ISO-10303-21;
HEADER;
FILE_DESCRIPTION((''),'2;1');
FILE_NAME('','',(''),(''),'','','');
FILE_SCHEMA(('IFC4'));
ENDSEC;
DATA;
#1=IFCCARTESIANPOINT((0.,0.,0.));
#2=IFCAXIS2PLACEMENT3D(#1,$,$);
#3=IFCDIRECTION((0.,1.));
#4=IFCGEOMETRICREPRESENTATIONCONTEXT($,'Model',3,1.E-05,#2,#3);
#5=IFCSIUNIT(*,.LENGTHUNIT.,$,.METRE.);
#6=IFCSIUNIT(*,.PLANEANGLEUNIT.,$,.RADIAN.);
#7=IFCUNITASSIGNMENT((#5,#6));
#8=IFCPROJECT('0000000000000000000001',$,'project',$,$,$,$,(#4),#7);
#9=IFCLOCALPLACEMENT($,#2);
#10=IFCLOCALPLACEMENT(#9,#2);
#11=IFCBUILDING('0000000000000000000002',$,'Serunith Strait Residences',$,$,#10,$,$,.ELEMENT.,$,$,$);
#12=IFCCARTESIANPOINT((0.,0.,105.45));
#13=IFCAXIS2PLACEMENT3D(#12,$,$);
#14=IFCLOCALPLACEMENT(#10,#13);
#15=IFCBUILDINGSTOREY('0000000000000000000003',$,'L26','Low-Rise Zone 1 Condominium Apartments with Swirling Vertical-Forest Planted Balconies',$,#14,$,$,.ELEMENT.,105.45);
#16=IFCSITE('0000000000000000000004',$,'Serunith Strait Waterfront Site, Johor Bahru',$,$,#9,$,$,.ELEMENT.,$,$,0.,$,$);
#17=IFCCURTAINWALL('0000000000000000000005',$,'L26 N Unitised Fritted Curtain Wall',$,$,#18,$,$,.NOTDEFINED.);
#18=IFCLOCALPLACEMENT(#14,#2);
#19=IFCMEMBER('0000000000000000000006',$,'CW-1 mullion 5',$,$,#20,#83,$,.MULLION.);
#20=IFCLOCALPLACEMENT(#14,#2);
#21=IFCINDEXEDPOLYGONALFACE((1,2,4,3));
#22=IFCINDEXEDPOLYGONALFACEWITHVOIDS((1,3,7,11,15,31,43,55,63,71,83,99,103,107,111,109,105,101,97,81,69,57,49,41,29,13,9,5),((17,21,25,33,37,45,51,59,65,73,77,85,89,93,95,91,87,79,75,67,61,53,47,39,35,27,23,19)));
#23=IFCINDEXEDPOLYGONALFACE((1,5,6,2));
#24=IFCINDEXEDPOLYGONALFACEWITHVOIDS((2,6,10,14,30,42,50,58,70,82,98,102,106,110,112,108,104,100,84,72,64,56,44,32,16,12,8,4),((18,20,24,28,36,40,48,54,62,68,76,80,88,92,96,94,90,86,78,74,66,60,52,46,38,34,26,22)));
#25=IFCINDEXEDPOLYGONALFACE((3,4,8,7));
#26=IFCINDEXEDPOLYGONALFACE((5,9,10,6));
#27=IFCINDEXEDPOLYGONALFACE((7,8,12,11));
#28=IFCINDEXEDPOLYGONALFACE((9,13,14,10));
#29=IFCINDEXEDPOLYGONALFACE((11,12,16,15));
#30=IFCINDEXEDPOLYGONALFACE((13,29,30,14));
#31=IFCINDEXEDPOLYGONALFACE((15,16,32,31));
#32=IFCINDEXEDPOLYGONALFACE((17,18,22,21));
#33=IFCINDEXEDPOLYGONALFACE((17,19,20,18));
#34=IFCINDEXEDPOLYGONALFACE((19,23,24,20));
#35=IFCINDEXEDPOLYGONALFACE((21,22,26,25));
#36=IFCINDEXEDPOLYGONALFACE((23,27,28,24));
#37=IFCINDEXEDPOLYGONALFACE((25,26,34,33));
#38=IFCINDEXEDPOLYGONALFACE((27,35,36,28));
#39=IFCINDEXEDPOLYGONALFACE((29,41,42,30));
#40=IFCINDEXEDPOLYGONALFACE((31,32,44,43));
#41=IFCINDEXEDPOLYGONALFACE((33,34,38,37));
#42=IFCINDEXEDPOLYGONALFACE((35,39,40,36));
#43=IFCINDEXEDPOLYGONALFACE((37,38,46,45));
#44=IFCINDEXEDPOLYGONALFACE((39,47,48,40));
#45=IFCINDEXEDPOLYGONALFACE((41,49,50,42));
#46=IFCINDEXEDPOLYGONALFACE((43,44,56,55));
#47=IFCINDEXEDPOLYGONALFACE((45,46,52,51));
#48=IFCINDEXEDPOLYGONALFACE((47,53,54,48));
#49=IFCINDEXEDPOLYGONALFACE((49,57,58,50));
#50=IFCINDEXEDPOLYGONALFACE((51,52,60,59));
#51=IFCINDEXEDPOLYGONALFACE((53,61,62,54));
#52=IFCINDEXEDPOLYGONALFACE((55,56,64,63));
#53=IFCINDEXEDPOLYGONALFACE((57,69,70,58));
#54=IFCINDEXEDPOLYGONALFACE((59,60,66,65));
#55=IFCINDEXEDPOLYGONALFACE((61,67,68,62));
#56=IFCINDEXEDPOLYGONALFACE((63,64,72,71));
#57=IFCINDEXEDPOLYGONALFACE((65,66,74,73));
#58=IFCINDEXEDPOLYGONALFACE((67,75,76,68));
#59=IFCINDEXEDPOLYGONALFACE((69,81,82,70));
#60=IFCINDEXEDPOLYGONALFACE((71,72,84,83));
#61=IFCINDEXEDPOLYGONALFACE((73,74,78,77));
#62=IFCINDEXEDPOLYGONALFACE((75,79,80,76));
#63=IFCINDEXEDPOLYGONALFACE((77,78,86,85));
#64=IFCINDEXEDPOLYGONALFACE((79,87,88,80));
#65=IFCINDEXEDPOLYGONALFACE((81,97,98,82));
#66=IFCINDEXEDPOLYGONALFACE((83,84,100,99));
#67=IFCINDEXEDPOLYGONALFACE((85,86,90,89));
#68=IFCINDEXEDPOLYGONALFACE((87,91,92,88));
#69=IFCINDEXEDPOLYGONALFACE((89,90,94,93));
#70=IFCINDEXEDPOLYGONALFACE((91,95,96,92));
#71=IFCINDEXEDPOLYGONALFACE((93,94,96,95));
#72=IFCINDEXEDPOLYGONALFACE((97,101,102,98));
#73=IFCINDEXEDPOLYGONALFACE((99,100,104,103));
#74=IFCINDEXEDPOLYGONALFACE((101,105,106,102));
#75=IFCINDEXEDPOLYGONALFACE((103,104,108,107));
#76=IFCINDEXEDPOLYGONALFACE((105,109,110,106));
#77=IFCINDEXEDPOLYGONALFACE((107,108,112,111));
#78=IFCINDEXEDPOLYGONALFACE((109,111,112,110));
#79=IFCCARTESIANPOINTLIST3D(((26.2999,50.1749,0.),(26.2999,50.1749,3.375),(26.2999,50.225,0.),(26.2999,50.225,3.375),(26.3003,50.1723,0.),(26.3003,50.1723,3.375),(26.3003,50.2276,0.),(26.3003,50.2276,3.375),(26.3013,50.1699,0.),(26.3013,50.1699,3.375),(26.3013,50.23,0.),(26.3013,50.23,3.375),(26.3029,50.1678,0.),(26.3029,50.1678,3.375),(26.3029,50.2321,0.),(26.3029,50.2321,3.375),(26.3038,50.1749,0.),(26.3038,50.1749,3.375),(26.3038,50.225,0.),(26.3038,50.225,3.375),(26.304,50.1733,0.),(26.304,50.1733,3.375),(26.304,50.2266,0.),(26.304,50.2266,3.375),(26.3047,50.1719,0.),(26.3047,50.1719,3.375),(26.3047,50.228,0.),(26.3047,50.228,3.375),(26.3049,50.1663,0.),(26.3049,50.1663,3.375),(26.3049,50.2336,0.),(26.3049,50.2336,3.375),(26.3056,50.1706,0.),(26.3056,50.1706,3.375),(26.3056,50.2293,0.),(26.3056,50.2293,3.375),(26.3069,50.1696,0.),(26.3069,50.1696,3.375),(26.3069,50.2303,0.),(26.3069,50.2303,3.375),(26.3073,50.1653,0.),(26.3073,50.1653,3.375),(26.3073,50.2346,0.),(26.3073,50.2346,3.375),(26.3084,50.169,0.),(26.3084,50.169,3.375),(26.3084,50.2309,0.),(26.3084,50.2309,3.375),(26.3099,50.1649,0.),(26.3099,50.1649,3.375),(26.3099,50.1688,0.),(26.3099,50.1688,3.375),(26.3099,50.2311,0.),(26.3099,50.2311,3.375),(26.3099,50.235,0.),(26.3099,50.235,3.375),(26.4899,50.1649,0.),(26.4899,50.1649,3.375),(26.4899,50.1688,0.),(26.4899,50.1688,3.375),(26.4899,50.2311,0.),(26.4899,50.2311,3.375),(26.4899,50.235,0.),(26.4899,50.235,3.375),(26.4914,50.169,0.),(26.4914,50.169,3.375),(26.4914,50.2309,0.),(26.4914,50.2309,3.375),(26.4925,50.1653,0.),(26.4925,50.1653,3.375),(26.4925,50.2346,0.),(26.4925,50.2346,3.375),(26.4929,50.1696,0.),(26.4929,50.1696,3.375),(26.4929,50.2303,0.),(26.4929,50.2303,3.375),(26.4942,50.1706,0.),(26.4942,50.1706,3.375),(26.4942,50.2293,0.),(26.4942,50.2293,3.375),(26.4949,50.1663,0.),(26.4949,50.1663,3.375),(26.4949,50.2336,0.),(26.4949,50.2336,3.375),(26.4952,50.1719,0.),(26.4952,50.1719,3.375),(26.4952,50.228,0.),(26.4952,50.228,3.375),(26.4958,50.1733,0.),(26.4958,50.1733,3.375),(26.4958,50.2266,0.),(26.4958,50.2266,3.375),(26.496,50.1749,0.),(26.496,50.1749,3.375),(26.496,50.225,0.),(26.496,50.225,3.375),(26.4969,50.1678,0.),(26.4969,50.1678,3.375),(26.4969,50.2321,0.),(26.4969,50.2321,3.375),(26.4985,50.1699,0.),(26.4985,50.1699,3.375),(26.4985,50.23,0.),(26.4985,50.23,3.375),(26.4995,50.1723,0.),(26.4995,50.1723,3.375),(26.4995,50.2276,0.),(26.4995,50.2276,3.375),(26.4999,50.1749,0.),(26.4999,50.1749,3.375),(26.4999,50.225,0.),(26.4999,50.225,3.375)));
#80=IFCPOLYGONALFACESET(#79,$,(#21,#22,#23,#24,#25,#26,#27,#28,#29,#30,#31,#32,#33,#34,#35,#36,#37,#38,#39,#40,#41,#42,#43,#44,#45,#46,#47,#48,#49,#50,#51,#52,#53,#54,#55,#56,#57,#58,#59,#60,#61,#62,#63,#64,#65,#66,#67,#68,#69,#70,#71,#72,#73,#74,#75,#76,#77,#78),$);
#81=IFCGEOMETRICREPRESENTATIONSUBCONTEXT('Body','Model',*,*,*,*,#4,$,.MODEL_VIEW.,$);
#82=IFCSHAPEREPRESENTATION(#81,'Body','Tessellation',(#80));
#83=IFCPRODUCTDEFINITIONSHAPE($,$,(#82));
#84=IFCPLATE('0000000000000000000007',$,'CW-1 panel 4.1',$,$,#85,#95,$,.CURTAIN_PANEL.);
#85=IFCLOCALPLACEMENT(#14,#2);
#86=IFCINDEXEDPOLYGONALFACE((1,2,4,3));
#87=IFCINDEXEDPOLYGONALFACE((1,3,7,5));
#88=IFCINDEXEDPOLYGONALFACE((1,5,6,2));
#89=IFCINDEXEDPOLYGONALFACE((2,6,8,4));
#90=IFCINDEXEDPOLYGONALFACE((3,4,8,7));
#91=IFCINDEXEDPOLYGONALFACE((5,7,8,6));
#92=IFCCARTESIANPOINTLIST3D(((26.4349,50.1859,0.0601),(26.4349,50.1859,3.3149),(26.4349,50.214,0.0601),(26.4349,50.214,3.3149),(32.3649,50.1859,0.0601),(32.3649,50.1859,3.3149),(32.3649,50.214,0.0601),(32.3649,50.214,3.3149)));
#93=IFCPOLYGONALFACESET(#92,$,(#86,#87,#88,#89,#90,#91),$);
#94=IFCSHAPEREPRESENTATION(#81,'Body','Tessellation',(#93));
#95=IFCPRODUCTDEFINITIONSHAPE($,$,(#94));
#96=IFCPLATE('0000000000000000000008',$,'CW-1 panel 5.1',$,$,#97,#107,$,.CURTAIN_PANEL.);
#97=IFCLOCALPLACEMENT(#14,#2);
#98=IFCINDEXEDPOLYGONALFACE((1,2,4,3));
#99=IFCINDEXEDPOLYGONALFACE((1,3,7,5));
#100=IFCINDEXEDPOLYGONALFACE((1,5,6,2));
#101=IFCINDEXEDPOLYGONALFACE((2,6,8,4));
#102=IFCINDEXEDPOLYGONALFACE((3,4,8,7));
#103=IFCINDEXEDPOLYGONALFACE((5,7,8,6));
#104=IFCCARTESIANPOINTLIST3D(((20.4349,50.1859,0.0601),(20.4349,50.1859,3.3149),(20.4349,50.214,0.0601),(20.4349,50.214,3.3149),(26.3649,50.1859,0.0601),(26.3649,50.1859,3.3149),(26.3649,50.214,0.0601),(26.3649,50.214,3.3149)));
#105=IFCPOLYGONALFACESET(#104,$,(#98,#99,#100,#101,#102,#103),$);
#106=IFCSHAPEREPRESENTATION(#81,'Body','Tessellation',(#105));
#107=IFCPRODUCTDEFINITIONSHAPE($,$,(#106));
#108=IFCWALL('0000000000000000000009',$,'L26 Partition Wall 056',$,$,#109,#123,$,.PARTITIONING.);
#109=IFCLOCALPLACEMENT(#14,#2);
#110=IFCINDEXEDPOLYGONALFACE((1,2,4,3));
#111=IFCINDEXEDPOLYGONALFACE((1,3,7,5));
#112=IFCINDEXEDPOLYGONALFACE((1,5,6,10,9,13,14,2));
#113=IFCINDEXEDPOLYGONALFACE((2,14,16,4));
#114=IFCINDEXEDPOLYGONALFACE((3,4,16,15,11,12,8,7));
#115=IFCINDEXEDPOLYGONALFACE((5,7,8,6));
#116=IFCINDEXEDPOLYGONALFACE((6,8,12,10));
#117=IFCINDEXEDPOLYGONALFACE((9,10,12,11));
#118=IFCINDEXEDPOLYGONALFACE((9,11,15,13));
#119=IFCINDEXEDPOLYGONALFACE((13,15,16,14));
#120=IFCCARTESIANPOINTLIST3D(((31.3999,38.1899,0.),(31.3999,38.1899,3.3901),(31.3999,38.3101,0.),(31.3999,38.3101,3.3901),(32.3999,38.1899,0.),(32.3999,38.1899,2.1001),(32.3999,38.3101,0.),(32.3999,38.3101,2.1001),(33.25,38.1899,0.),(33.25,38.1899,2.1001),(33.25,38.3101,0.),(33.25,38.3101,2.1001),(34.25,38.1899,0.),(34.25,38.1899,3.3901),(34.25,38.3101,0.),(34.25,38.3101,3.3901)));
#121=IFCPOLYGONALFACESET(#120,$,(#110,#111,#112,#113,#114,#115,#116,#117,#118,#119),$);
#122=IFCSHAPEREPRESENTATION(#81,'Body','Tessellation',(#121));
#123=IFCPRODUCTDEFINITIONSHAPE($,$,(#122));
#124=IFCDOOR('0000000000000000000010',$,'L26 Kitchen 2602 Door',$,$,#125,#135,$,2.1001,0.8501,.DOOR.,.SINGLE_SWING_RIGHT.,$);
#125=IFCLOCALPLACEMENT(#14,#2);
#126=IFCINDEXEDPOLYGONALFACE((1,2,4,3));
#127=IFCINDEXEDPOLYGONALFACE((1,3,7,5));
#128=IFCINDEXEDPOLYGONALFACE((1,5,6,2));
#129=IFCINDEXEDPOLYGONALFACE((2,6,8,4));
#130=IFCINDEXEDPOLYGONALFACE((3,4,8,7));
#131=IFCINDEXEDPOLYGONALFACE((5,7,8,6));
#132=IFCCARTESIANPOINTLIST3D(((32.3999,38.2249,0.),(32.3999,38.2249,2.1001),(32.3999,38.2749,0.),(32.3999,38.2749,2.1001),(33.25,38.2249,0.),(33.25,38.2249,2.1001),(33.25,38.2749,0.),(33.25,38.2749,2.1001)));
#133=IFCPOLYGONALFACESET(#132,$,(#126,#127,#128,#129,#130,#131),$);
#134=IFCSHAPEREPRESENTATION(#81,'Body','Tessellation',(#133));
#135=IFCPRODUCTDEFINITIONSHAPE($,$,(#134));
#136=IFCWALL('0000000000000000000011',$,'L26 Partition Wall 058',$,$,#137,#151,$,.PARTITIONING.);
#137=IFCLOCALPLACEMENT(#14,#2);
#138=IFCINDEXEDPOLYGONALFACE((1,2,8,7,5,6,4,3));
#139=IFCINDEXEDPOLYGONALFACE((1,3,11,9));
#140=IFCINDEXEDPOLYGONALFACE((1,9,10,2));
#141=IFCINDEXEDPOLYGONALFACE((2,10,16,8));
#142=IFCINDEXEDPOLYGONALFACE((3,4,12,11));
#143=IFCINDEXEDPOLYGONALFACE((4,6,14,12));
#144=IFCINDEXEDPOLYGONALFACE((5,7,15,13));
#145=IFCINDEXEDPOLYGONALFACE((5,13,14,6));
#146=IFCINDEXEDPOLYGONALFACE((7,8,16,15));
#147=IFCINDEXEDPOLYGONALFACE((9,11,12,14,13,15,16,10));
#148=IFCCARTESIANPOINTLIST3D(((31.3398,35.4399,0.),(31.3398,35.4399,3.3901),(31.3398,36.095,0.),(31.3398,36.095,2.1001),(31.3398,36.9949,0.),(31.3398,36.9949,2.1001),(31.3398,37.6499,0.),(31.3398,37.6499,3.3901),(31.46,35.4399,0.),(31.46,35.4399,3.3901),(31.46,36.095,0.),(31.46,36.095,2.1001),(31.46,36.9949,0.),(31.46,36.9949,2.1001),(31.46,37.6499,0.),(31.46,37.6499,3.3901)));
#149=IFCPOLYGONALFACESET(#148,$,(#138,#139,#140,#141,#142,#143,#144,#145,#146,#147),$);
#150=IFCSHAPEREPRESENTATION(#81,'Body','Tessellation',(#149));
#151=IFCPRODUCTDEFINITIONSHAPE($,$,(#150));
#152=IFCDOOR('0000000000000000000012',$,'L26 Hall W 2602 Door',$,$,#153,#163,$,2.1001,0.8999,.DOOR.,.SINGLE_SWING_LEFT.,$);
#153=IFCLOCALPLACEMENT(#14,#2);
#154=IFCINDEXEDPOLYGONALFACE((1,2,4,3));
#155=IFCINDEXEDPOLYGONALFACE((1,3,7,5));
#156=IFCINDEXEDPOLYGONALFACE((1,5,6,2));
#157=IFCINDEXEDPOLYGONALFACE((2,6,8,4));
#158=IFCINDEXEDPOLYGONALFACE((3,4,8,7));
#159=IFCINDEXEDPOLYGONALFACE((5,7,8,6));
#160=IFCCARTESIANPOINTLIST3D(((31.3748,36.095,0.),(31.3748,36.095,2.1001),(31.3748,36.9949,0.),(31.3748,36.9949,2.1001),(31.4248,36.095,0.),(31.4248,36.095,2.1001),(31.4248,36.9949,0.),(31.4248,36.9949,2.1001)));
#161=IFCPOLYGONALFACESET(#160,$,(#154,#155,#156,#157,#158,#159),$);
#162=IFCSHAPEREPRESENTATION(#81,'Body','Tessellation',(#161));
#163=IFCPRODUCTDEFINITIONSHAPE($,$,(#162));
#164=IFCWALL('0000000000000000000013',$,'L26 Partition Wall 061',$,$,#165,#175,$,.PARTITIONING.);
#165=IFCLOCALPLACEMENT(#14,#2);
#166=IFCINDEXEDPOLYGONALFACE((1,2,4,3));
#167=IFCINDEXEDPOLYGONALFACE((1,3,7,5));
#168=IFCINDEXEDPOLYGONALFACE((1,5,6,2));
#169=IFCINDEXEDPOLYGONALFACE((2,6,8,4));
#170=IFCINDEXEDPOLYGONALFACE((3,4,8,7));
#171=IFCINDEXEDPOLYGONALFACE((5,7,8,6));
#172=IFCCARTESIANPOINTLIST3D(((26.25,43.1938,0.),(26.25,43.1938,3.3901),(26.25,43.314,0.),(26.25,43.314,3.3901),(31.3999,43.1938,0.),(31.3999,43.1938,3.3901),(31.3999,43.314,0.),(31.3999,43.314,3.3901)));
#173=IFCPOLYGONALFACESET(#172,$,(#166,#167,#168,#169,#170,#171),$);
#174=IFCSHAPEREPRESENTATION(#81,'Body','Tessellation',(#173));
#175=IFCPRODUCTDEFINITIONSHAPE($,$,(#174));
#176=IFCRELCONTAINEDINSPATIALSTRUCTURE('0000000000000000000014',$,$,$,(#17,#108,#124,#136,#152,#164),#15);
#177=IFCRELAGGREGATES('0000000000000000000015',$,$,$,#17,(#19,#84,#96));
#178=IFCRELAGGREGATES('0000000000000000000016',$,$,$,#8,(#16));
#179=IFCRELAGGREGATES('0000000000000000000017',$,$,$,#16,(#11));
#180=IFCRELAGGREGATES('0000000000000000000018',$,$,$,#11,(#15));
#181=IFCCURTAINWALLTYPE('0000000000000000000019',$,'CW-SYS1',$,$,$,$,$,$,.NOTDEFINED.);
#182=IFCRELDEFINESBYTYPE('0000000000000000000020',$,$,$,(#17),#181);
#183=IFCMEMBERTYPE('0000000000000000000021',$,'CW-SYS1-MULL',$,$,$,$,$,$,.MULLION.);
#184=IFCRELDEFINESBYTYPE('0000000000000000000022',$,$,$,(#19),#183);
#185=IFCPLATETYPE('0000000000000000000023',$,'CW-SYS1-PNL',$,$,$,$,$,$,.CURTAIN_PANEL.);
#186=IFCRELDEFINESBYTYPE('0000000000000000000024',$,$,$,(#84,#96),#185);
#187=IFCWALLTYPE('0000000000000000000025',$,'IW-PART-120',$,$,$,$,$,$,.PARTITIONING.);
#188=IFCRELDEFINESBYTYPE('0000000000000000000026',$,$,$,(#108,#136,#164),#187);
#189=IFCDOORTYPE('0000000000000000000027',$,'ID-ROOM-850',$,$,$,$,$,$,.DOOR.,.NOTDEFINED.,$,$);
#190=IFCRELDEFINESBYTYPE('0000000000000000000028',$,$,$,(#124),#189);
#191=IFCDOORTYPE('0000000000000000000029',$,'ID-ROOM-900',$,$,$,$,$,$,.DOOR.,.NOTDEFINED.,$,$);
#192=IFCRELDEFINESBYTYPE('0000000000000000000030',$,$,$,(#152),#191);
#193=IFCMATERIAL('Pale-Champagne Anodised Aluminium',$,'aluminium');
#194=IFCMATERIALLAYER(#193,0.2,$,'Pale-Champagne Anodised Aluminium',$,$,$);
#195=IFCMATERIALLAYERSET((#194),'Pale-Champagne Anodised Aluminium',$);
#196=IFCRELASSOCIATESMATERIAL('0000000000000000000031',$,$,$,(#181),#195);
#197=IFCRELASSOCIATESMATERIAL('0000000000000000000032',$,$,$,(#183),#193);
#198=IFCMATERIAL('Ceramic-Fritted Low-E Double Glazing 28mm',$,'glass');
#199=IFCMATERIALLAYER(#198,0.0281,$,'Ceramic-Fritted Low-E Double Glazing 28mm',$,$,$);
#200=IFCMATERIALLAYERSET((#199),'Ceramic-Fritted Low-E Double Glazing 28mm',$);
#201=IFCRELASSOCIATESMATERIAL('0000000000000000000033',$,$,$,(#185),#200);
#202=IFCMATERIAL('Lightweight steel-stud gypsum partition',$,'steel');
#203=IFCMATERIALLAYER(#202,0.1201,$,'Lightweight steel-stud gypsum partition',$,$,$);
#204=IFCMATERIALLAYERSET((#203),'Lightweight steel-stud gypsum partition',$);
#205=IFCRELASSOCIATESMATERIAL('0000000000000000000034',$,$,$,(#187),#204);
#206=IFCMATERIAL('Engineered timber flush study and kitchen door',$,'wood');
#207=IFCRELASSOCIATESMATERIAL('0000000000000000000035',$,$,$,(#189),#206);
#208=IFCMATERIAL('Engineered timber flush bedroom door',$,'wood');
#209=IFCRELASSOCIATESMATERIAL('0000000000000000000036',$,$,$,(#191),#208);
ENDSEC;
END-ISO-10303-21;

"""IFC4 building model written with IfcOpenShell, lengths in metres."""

from ifc_helpers import new_model, si_unit, direction, frame, frame_2d, origin, origin_2d, place, context, subcontext, project, spatial, rectangle, hollow_rectangle, extrude, source, transform, mapped, material, layer, layer_set, material_profile, profile_set, type_object, element, fill, aggregate, save


model = new_model("IFC4")

# Units and contexts
model_context = context("Model", 3, precision=1e-05, world=origin(), true_north=direction((0.0, 1.0)))
body_context = subcontext(model_context, "Body", "Model", "MODEL_VIEW")
ifc_project = project(units=[si_unit("LENGTHUNIT", "METRE"), si_unit("PLANEANGLEUNIT", "RADIAN")], contexts=[model_context])

# Site, building, storey
site_placement = place(None, origin())
site = spatial("IfcSite", under=ifc_project, at=site_placement, Name="Serunith Strait Waterfront Site, Johor Bahru", CompositionType="ELEMENT", RefElevation=0.0)
building_placement = place(site_placement, origin())
building = spatial("IfcBuilding", under=site, at=building_placement, Name="Serunith Strait Residences", CompositionType="ELEMENT")
storey_placement = place(building_placement, frame((0.0, 0.0, 105.45)))
storey = spatial("IfcBuildingStorey", under=building, at=storey_placement, Name="L26", Description="Low-Rise Zone 1 Condominium Apartments with Swirling Vertical-Forest Planted Balconies", CompositionType="ELEMENT", Elevation=105.45)

# Curtain wall, member, plates
ifc_material_1 = material(Name="Pale-Champagne Anodised Aluminium", Category="aluminium")
ifc_layer_1 = layer(ifc_material_1, 0.2, Name="Pale-Champagne Anodised Aluminium")
ifc_layer_set_1 = layer_set([ifc_layer_1], Name="Pale-Champagne Anodised Aluminium")
curtain_wall_type = type_object("IfcCurtainWallType", Name="CW-SYS1", PredefinedType="NOTDEFINED", material=ifc_layer_set_1)
curtain_wall_placement = place(storey_placement, origin())
curtain_wall = element("IfcCurtainWall", 1, at=curtain_wall_placement, inside=storey, type_object=curtain_wall_type, Name="L26 N Unitised Fritted Curtain Wall", PredefinedType="NOTDEFINED")
ifc_material_profile_1 = material_profile(ifc_material_1, hollow_rectangle(XDim=0.0701, YDim=0.2, WallThickness=0.0039, InnerFilletRadius=0.0061, OuterFilletRadius=0.01, at=origin_2d()), Name="ALU 200x70x4")
ifc_profile_set_1 = profile_set([ifc_material_profile_1], Name="Pale-Champagne Anodised Aluminium")
member_type_1 = type_object("IfcMemberType", Name="CW-SYS1-MULL", PredefinedType="MULLION", material=ifc_profile_set_1)
shared_shape_1 = source(origin(), body_context, "Body", "SweptSolid", [
    extrude(hollow_rectangle(XDim=0.0701, YDim=0.2, WallThickness=0.0039, InnerFilletRadius=0.0061, OuterFilletRadius=0.01, at=origin_2d()), origin(), (0.0, 0.0, 1.0), 3.375),
])
member_1_placement = place(storey_placement, frame((26.3999, 50.2, 0.0), z_axis=(0.0, 0.0, 1.0), x_axis=(0.0, -1.0, 0.0)))
member_1 = element("IfcMember", 2, at=member_1_placement, type_object=member_type_1, Name="CW-1 mullion 5", PredefinedType="MULLION", context=body_context, shape_type="MappedRepresentation", body=[
    mapped(shared_shape_1, transform((0.0, 0.0, 0.0), scale=1.0)),
])
ifc_material_2 = material(Name="Ceramic-Fritted Low-E Double Glazing 28mm", Category="glass")
ifc_layer_2 = layer(ifc_material_2, 0.0281, Name="Ceramic-Fritted Low-E Double Glazing 28mm")
ifc_layer_set_2 = layer_set([ifc_layer_2], Name="Ceramic-Fritted Low-E Double Glazing 28mm")
plate_type = type_object("IfcPlateType", Name="CW-SYS1-PNL", PredefinedType="CURTAIN_PANEL", material=ifc_layer_set_2)
shared_shape_2 = source(origin(), body_context, "Body", "SweptSolid", [
    extrude(rectangle(XDim=5.9299, YDim=0.0281, at=origin_2d()), origin(), (0.0, 0.0, 1.0), 3.2549),
])
plate_1_placement = place(storey_placement, frame((29.3999, 50.2, 0.0601), z_axis=(0.0, 0.0, 1.0), x_axis=(-1.0, 0.0, 0.0)))
plate_1 = element("IfcPlate", 3, at=plate_1_placement, type_object=plate_type, Name="CW-1 panel 4.1", PredefinedType="CURTAIN_PANEL", context=body_context, shape_type="MappedRepresentation", body=[
    mapped(shared_shape_2, transform((0.0, 0.0, 0.0), scale=1.0)),
])
plate_2_placement = place(storey_placement, frame((23.3999, 50.2, 0.0601), z_axis=(0.0, 0.0, 1.0), x_axis=(-1.0, 0.0, 0.0)))
plate_2 = element("IfcPlate", 4, at=plate_2_placement, type_object=plate_type, Name="CW-1 panel 5.1", PredefinedType="CURTAIN_PANEL", context=body_context, shape_type="MappedRepresentation", body=[
    mapped(shared_shape_2, transform((0.0, 0.0, 0.0), scale=1.0)),
])
aggregate(curtain_wall, [member_1, plate_1, plate_2])

# Walls, openings, doors
ifc_material_3 = material(Name="Lightweight steel-stud gypsum partition", Category="steel")
ifc_layer_3 = layer(ifc_material_3, 0.1201, Name="Lightweight steel-stud gypsum partition")
ifc_layer_set_3 = layer_set([ifc_layer_3], Name="Lightweight steel-stud gypsum partition")
wall_type = type_object("IfcWallType", Name="IW-PART-120", PredefinedType="PARTITIONING", material=ifc_layer_set_3)
wall_1_placement = place(storey_placement, frame((31.3999, 38.25, 0.0), z_axis=(0.0, 0.0, 1.0), x_axis=(1.0, 0.0, 0.0)))
wall_1 = element("IfcWall", 5, at=wall_1_placement, inside=storey, type_object=wall_type, Name="L26 Partition Wall 056", PredefinedType="PARTITIONING", context=body_context, shape_type="SweptSolid", body=[
    extrude(rectangle(XDim=2.8501, YDim=0.1201, at=frame_2d((1.425, 0.0))), origin(), (0.0, 0.0, 1.0), 3.3901),
])
opening_1_placement = place(wall_1_placement, frame((1.0, 0.0, 0.0)))
opening_1 = element("IfcOpeningElement", 6, at=opening_1_placement, cuts=wall_1, PredefinedType="OPENING", context=body_context, shape_type="SweptSolid", body=[
    extrude(rectangle(XDim=0.8501, YDim=2.1001, at=frame_2d((0.425, 1.05))), frame((0.0, 0.0701, 0.0), z_axis=(0.0, -1.0, 0.0), x_axis=(1.0, 0.0, 0.0)), (0.0, 0.0, 1.0), 0.1401),
])
ifc_material_4 = material(Name="Engineered timber flush study and kitchen door", Category="wood")
door_type_1 = type_object("IfcDoorType", Name="ID-ROOM-850", OperationType="NOTDEFINED", PredefinedType="DOOR", material=ifc_material_4)
shared_shape_3 = source(origin(), body_context, "Body", "SweptSolid", [
    extrude(rectangle(XDim=0.8501, YDim=2.1001, at=frame_2d((0.425, 1.05))), frame((0.0, 0.0249, 0.0), z_axis=(0.0, -1.0, 0.0), x_axis=(1.0, 0.0, 0.0)), (0.0, 0.0, 1.0), 0.05),
])
door_1_placement = place(opening_1_placement, origin())
door_1 = element("IfcDoor", 7, at=door_1_placement, inside=storey, type_object=door_type_1, Name="L26 Kitchen 2602 Door", OperationType="SINGLE_SWING_RIGHT", OverallHeight=2.1001, OverallWidth=0.8501, PredefinedType="DOOR", context=body_context, shape_type="MappedRepresentation", body=[
    mapped(shared_shape_3, transform((0.0, 0.0, 0.0), scale=1.0)),
])
fill(opening_1, door_1)
wall_2_placement = place(storey_placement, frame((31.3999, 37.6499, 0.0), z_axis=(0.0, 0.0, 1.0), x_axis=(0.0, -1.0, 0.0)))
wall_2 = element("IfcWall", 8, at=wall_2_placement, inside=storey, type_object=wall_type, Name="L26 Partition Wall 058", PredefinedType="PARTITIONING", context=body_context, shape_type="SweptSolid", body=[
    extrude(rectangle(XDim=2.21, YDim=0.1201, at=frame_2d((1.105, 0.0))), origin(), (0.0, 0.0, 1.0), 3.3901),
])
opening_2_placement = place(wall_2_placement, frame((0.655, 0.0, 0.0)))
opening_2 = element("IfcOpeningElement", 9, at=opening_2_placement, cuts=wall_2, PredefinedType="OPENING", context=body_context, shape_type="SweptSolid", body=[
    extrude(rectangle(XDim=0.8999, YDim=2.1001, at=frame_2d((0.45, 1.05))), frame((0.0, 0.0701, 0.0), z_axis=(0.0, -1.0, 0.0), x_axis=(1.0, 0.0, 0.0)), (0.0, 0.0, 1.0), 0.1401),
])
ifc_material_5 = material(Name="Engineered timber flush bedroom door", Category="wood")
door_type_2 = type_object("IfcDoorType", Name="ID-ROOM-900", OperationType="NOTDEFINED", PredefinedType="DOOR", material=ifc_material_5)
shared_shape_4 = source(origin(), body_context, "Body", "SweptSolid", [
    extrude(rectangle(XDim=0.8999, YDim=2.1001, at=frame_2d((0.45, 1.05))), frame((0.0, 0.0249, 0.0), z_axis=(0.0, -1.0, 0.0), x_axis=(1.0, 0.0, 0.0)), (0.0, 0.0, 1.0), 0.05),
])
door_2_placement = place(opening_2_placement, origin())
door_2 = element("IfcDoor", 10, at=door_2_placement, inside=storey, type_object=door_type_2, Name="L26 Hall W 2602 Door", OperationType="SINGLE_SWING_LEFT", OverallHeight=2.1001, OverallWidth=0.8999, PredefinedType="DOOR", context=body_context, shape_type="MappedRepresentation", body=[
    mapped(shared_shape_4, transform((0.0, 0.0, 0.0), scale=1.0)),
])
fill(opening_2, door_2)

# Wall
wall_3_placement = place(storey_placement, frame((26.25, 43.2539, 0.0), z_axis=(0.0, 0.0, 1.0), x_axis=(1.0, 0.0, 0.0)))
element("IfcWall", 11, at=wall_3_placement, inside=storey, type_object=wall_type, Name="L26 Partition Wall 061", PredefinedType="PARTITIONING", context=body_context, shape_type="SweptSolid", body=[
    extrude(rectangle(XDim=5.1499, YDim=0.1201, at=frame_2d((2.575, 0.0))), origin(), (0.0, 0.0, 1.0), 3.3901),
])

save(model, "model.ifc")
